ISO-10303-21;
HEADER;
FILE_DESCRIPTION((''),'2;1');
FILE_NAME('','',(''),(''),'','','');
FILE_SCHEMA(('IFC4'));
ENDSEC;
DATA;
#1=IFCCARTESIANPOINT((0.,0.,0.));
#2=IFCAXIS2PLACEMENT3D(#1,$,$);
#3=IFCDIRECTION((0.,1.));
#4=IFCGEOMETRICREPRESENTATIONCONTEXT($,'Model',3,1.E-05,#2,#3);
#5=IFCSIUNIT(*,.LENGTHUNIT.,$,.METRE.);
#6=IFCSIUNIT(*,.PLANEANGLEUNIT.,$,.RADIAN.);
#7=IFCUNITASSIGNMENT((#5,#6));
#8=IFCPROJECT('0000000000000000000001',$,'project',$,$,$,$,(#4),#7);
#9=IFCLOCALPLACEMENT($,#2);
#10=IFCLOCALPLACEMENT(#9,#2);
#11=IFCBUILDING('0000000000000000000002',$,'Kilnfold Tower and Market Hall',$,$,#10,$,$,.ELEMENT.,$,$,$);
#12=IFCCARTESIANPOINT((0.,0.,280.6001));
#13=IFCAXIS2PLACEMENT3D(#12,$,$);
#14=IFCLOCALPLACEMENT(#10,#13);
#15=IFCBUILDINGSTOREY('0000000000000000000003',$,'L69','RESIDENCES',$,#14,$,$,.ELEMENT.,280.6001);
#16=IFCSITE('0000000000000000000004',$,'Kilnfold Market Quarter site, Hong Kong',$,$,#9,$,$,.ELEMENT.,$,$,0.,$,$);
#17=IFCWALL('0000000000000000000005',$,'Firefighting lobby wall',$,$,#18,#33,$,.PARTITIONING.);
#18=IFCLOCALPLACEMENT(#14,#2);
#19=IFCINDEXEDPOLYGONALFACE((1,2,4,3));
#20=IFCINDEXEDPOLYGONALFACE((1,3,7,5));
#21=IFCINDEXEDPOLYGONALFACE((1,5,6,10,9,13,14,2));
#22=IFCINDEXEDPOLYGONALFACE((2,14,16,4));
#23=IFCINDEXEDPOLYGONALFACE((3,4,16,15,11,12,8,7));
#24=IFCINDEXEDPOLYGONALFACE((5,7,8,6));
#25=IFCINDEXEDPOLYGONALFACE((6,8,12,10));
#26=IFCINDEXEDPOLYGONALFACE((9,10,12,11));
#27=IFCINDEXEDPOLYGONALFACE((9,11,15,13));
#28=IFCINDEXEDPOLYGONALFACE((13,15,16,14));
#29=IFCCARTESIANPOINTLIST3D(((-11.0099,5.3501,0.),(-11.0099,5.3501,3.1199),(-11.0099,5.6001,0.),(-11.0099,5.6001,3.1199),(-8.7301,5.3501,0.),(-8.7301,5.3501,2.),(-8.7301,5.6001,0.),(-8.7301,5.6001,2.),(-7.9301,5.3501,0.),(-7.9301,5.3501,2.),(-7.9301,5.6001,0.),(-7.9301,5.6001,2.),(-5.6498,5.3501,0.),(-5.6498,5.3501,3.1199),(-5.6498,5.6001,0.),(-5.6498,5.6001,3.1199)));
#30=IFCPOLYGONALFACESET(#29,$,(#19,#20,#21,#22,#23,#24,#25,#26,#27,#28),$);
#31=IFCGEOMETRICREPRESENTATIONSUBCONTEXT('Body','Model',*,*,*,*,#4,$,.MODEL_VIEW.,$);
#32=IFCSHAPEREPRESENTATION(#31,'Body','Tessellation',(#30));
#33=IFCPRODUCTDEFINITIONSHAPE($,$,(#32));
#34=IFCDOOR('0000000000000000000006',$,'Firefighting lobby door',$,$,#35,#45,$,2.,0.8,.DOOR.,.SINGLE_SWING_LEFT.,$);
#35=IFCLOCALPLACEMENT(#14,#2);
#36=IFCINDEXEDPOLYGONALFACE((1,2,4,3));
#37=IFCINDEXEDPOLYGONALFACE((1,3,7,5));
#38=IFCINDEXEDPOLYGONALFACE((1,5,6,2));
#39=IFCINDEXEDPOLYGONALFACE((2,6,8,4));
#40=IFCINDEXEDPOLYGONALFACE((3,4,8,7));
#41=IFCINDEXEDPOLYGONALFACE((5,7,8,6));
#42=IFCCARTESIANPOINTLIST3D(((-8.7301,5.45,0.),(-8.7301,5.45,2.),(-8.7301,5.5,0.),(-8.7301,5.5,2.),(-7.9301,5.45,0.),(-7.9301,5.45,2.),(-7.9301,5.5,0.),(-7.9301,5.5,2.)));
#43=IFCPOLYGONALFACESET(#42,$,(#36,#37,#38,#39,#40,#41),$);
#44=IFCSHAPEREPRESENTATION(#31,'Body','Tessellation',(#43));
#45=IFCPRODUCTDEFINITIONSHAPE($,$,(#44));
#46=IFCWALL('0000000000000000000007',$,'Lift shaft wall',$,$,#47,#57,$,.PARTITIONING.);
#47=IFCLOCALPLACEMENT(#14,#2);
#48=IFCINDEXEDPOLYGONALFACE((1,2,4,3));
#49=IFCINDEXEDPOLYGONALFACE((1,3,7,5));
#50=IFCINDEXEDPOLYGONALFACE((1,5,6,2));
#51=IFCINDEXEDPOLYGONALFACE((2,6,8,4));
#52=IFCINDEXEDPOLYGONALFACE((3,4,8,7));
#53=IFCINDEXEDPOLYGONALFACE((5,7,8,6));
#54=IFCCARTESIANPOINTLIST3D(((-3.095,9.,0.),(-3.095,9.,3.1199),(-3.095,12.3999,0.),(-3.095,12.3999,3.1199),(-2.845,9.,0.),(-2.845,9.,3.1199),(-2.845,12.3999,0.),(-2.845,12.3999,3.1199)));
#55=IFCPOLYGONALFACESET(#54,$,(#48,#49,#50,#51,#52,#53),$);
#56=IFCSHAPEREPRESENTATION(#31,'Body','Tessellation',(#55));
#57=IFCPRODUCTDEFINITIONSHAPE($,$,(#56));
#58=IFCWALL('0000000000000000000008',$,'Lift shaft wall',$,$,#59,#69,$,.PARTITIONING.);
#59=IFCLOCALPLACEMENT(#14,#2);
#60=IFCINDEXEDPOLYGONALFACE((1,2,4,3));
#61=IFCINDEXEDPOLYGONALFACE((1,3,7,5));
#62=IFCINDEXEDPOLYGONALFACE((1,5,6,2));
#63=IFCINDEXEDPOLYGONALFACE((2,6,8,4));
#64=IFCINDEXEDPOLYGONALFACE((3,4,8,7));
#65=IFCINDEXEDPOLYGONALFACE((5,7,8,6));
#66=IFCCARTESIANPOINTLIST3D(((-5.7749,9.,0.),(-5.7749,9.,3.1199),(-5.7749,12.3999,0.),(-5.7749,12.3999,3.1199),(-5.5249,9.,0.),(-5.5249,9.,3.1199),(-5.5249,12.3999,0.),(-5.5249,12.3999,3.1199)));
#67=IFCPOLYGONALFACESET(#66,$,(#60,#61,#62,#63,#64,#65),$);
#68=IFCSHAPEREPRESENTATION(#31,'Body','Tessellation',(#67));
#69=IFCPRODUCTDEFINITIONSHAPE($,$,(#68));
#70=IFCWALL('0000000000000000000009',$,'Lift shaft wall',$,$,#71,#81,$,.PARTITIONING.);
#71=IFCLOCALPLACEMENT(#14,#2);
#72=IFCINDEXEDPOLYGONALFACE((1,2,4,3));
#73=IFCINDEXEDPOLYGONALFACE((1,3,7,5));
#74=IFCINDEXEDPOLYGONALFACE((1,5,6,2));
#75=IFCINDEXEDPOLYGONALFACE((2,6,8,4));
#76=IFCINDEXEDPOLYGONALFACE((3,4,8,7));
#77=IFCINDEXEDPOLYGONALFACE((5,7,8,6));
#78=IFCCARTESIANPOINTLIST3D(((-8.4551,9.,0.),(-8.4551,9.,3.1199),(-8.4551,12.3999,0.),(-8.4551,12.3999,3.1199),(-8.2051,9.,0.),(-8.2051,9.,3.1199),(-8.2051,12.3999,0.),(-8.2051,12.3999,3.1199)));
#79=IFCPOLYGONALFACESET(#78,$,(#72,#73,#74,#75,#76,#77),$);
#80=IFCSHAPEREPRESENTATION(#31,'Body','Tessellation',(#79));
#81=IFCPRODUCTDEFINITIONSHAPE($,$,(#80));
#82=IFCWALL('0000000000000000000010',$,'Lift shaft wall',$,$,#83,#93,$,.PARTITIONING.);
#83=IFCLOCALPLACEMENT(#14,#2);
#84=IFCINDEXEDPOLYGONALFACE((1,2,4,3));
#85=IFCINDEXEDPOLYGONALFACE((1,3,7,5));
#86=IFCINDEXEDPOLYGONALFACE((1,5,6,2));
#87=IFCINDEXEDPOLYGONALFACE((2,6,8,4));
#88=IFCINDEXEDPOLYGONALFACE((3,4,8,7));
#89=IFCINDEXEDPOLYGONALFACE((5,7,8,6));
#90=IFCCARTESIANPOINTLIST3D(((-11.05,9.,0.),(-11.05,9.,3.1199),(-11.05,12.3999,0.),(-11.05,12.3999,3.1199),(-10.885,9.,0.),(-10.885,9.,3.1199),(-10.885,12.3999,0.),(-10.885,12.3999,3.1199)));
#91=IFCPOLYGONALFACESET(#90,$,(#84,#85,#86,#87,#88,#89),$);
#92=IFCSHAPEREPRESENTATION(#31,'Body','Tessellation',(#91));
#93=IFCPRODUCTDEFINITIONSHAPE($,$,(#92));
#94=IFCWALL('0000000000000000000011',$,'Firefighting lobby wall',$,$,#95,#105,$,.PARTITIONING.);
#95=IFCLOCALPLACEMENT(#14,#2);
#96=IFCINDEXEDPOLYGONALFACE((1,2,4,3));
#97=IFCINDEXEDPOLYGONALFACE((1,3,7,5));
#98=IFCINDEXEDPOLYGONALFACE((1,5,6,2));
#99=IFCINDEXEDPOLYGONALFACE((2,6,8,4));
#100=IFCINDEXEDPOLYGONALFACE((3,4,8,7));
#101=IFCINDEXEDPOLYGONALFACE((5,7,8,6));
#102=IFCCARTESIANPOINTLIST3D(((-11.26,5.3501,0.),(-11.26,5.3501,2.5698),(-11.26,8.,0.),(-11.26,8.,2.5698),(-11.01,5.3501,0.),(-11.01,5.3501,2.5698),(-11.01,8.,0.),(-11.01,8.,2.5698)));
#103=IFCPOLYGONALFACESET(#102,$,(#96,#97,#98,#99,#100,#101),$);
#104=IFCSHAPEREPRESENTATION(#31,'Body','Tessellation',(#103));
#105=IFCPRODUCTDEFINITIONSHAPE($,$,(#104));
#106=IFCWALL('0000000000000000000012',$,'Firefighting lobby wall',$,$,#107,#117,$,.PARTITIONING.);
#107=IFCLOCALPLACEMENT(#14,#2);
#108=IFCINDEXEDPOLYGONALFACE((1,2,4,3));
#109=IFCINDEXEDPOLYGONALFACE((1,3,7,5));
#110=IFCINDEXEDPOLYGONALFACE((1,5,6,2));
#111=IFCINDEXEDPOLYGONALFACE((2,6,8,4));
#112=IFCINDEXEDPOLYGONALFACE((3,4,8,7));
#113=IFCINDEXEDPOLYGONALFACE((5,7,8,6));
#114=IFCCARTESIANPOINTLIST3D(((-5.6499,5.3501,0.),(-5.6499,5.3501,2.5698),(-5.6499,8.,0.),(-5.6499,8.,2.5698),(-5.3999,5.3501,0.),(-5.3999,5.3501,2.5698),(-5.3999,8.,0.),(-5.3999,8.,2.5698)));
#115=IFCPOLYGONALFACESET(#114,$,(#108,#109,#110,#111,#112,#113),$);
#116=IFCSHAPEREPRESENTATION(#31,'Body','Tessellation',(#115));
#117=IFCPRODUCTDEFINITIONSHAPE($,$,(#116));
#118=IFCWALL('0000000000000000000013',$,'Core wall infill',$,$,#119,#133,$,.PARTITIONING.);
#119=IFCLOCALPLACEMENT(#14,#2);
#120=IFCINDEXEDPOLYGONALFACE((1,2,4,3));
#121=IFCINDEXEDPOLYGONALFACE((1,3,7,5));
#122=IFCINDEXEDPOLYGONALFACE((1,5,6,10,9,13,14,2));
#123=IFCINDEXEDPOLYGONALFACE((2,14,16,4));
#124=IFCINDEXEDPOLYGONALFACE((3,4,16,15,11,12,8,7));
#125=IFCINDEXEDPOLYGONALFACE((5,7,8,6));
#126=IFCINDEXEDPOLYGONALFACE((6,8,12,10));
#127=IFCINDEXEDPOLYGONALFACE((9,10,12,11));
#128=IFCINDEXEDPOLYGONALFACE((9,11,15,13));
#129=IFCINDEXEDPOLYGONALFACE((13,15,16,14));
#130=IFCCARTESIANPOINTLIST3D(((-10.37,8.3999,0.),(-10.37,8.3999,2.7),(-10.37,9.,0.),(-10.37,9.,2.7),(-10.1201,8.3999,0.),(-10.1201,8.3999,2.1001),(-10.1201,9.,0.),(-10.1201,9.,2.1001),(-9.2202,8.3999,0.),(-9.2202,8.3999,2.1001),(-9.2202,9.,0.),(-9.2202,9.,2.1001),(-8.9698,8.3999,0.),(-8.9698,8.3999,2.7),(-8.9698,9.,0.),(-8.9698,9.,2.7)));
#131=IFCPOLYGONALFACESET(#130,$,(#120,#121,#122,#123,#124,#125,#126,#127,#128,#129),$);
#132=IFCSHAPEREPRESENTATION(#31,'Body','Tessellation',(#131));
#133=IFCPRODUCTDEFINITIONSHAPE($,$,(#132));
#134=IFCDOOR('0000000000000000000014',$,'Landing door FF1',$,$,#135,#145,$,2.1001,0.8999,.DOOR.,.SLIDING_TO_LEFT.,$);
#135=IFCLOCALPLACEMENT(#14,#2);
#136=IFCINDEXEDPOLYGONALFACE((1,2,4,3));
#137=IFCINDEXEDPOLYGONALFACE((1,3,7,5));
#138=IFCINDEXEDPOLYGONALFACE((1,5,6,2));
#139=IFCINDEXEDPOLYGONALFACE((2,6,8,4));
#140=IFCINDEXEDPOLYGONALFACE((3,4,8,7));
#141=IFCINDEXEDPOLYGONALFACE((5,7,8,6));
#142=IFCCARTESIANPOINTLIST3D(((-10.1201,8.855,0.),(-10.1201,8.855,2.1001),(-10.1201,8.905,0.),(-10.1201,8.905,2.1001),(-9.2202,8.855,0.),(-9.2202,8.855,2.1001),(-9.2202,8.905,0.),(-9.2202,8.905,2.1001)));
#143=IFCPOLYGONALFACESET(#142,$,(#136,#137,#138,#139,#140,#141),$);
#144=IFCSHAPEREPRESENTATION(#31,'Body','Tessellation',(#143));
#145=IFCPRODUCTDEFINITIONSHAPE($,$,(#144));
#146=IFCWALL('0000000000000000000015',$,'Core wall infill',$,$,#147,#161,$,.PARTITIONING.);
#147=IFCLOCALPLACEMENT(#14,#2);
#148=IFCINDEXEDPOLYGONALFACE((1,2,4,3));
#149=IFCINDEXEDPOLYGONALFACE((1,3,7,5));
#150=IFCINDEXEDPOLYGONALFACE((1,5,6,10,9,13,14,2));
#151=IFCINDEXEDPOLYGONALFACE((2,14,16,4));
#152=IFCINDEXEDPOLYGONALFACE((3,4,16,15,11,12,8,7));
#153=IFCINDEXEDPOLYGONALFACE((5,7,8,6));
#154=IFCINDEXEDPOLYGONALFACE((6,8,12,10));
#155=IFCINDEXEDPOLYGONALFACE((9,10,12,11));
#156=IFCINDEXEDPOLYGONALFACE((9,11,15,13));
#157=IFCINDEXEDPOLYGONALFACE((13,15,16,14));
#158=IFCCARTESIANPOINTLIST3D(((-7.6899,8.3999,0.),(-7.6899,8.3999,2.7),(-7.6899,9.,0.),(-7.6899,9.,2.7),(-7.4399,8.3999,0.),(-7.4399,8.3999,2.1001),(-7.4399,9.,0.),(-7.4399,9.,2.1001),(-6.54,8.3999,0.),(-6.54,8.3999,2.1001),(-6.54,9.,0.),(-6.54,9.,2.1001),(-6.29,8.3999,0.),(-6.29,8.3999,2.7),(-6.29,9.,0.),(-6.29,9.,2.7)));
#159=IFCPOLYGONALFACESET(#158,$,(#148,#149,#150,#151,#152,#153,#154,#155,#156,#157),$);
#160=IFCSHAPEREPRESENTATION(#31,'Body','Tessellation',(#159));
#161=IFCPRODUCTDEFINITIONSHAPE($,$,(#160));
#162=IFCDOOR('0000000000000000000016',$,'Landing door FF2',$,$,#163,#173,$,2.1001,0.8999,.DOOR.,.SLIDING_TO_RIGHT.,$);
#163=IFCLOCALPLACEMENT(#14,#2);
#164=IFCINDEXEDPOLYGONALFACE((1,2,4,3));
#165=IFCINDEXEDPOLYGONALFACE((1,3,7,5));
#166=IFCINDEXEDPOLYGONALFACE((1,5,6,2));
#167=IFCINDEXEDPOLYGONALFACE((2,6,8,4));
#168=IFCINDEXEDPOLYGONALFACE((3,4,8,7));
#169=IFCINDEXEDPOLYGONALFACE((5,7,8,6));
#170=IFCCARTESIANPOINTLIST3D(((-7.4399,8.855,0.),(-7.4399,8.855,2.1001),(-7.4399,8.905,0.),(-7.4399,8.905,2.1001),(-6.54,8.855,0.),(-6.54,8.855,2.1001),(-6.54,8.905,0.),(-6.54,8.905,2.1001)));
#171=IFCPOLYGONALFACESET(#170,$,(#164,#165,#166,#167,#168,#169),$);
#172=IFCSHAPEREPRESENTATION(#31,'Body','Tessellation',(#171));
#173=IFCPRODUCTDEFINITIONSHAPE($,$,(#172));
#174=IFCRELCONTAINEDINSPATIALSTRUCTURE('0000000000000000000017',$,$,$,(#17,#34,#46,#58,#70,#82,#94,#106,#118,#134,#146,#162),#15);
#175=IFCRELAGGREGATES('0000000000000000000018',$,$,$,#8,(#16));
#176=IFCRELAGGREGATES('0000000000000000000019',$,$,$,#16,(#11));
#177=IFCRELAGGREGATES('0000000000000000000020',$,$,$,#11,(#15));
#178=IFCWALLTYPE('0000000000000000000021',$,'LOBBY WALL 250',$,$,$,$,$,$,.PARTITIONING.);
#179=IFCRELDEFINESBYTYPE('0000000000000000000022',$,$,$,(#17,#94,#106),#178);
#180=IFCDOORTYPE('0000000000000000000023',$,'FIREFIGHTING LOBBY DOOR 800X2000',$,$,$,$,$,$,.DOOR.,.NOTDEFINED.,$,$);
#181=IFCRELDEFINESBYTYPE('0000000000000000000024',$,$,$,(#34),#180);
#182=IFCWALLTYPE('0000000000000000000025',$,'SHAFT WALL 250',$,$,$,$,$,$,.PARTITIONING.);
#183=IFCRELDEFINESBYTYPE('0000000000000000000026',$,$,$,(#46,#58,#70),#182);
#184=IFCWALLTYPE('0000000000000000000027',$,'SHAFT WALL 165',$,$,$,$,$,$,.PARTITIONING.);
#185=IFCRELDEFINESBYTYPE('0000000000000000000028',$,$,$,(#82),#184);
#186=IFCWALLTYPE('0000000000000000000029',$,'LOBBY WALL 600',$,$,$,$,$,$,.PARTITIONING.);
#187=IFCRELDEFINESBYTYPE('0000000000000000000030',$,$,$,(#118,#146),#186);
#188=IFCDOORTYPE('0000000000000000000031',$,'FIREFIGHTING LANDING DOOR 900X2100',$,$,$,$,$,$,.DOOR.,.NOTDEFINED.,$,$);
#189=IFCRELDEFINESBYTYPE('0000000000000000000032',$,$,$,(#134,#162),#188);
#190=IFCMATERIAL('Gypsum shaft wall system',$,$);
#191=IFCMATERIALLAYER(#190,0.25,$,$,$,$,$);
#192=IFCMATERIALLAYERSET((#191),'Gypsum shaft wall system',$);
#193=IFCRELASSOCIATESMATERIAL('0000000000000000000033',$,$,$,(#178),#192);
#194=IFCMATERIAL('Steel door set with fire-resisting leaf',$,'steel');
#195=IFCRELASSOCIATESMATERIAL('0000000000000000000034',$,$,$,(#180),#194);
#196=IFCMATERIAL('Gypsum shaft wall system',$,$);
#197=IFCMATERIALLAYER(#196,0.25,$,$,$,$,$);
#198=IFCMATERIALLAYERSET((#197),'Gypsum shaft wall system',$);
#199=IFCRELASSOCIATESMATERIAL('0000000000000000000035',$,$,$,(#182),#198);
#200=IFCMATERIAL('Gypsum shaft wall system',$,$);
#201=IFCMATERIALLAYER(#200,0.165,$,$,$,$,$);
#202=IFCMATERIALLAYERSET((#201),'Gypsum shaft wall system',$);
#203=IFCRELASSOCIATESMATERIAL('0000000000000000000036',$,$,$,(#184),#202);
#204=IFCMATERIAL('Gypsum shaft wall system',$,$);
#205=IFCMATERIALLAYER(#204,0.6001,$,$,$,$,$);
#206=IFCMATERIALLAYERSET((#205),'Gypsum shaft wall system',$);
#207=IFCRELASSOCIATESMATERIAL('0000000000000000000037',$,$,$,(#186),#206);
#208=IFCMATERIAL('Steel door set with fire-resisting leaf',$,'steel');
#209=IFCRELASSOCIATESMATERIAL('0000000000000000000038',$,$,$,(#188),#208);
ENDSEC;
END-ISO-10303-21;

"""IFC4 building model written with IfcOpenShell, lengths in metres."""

from ifc_helpers import new_model, si_unit, direction, frame, frame_2d, origin, place, context, subcontext, project, spatial, rectangle, extrude, source, transform, mapped, material, layer, layer_set, type_object, element, fill, save


model = new_model("IFC4")

# Units and contexts
model_context = context("Model", 3, precision=1e-05, world=origin(), true_north=direction((0.0, 1.0)))
body_context = subcontext(model_context, "Body", "Model", "MODEL_VIEW")
ifc_project = project(units=[si_unit("LENGTHUNIT", "METRE"), si_unit("PLANEANGLEUNIT", "RADIAN")], contexts=[model_context])

# Site, building, storey
site_placement = place(None, origin())
site = spatial("IfcSite", under=ifc_project, at=site_placement, Name="Kilnfold Market Quarter site, Hong Kong", CompositionType="ELEMENT", RefElevation=0.0)
building_placement = place(site_placement, origin())
building = spatial("IfcBuilding", under=site, at=building_placement, Name="Kilnfold Tower and Market Hall", CompositionType="ELEMENT")
storey_placement = place(building_placement, frame((0.0, 0.0, 280.6001)))
storey = spatial("IfcBuildingStorey", under=building, at=storey_placement, Name="L69", Description="RESIDENCES", CompositionType="ELEMENT", Elevation=280.6001)

# Wall, opening, door
ifc_material_1 = material(Name="Gypsum shaft wall system")
ifc_layer_1 = layer(ifc_material_1, 0.25)
ifc_layer_set_1 = layer_set([ifc_layer_1], Name="Gypsum shaft wall system")
wall_type_1 = type_object("IfcWallType", Name="LOBBY WALL 250", PredefinedType="PARTITIONING", material=ifc_layer_set_1)
shared_shape_1 = source(origin(), body_context, "Body", "SweptSolid", [
    extrude(rectangle(XDim=5.3601, YDim=0.25, at=frame_2d((2.6802, 0.0))), origin(), (0.0, 0.0, 1.0), 3.1199),
])
wall_1_placement = place(storey_placement, frame((-11.01, 5.4751, 0.0), z_axis=(0.0, 0.0, 1.0), x_axis=(1.0, 0.0, 0.0)))
wall_1 = element("IfcWall", 1, at=wall_1_placement, inside=storey, type_object=wall_type_1, Name="Firefighting lobby wall", PredefinedType="PARTITIONING", context=body_context, shape_type="MappedRepresentation", body=[
    mapped(shared_shape_1, transform((0.0, 0.0, 0.0))),
])
opening_1_placement = place(wall_1_placement, frame((2.28, 0.0, 0.0)))
opening_1 = element("IfcOpeningElement", 2, at=opening_1_placement, cuts=wall_1, PredefinedType="OPENING", context=body_context, shape_type="SweptSolid", body=[
    extrude(rectangle(XDim=0.8, YDim=2.0, at=frame_2d((0.3999, 1.0))), frame((0.0, 0.135, 0.0), z_axis=(0.0, -1.0, 0.0), x_axis=(1.0, 0.0, 0.0)), (0.0, 0.0, 1.0), 0.27),
])
ifc_material_2 = material(Name="Steel door set with fire-resisting leaf", Category="steel")
door_type_1 = type_object("IfcDoorType", Name="FIREFIGHTING LOBBY DOOR 800X2000", OperationType="NOTDEFINED", PredefinedType="DOOR", material=ifc_material_2)
door_1_placement = place(opening_1_placement, origin())
door_1 = element("IfcDoor", 3, at=door_1_placement, inside=storey, type_object=door_type_1, Name="Firefighting lobby door", OperationType="SINGLE_SWING_LEFT", OverallHeight=2.0, OverallWidth=0.8, PredefinedType="DOOR", context=body_context, shape_type="SweptSolid", body=[
    extrude(rectangle(XDim=0.8, YDim=2.0, at=frame_2d((0.3999, 1.0))), frame((0.0, 0.0249, 0.0), z_axis=(0.0, -1.0, 0.0), x_axis=(1.0, 0.0, 0.0)), (0.0, 0.0, 1.0), 0.05),
])
fill(opening_1, door_1)

# Walls
ifc_material_3 = material(Name="Gypsum shaft wall system")
ifc_layer_2 = layer(ifc_material_3, 0.25)
ifc_layer_set_2 = layer_set([ifc_layer_2], Name="Gypsum shaft wall system")
wall_type_2 = type_object("IfcWallType", Name="SHAFT WALL 250", PredefinedType="PARTITIONING", material=ifc_layer_set_2)
shared_shape_2 = source(origin(), body_context, "Body", "SweptSolid", [
    extrude(rectangle(XDim=3.3999, YDim=0.25, at=frame_2d((1.7, 0.0))), origin(), (0.0, 0.0, 1.0), 3.1199),
])
for number, where, z_axis, x_axis, name in (
    (4, (-2.97, 9.0, 0.0), (0.0, 0.0, 1.0), (0.0, 1.0, 0.0), "Lift shaft wall"),
    (5, (-5.6499, 9.0, 0.0), (0.0, 0.0, 1.0), (0.0, 1.0, 0.0), "Lift shaft wall"),
    (6, (-8.3301, 9.0, 0.0), (0.0, 0.0, 1.0), (0.0, 1.0, 0.0), "Lift shaft wall"),
):
    element("IfcWall", number, at=place(storey_placement, frame(where, z_axis=z_axis, x_axis=x_axis)), inside=storey, type_object=wall_type_2, Name=name, PredefinedType="PARTITIONING", context=body_context, shape_type="MappedRepresentation", body=[
        mapped(shared_shape_2, transform((0.0, 0.0, 0.0))),
    ])
ifc_material_4 = material(Name="Gypsum shaft wall system")
ifc_layer_3 = layer(ifc_material_4, 0.165)
ifc_layer_set_3 = layer_set([ifc_layer_3], Name="Gypsum shaft wall system")
wall_type_3 = type_object("IfcWallType", Name="SHAFT WALL 165", PredefinedType="PARTITIONING", material=ifc_layer_set_3)
shared_shape_3 = source(origin(), body_context, "Body", "SweptSolid", [
    extrude(rectangle(XDim=3.3999, YDim=0.165, at=frame_2d((1.7, 0.0))), origin(), (0.0, 0.0, 1.0), 3.1199),
])
wall_2_placement = place(storey_placement, frame((-10.9675, 9.0, 0.0), z_axis=(0.0, 0.0, 1.0), x_axis=(0.0, 1.0, 0.0)))
element("IfcWall", 7, at=wall_2_placement, inside=storey, type_object=wall_type_3, Name="Lift shaft wall", PredefinedType="PARTITIONING", context=body_context, shape_type="MappedRepresentation", body=[
    mapped(shared_shape_3, transform((0.0, 0.0, 0.0))),
])
shared_shape_4 = source(origin(), body_context, "Body", "SweptSolid", [
    extrude(rectangle(XDim=2.6499, YDim=0.25, at=frame_2d((1.325, 0.0))), origin(), (0.0, 0.0, 1.0), 2.5698),
])
for number, where, z_axis, x_axis, name in (
    (8, (-11.135, 5.3501, 0.0), (0.0, 0.0, 1.0), (0.0, 1.0, 0.0), "Firefighting lobby wall"),
    (9, (-5.5249, 5.3501, 0.0), (0.0, 0.0, 1.0), (0.0, 1.0, 0.0), "Firefighting lobby wall"),
):
    element("IfcWall", number, at=place(storey_placement, frame(where, z_axis=z_axis, x_axis=x_axis)), inside=storey, type_object=wall_type_1, Name=name, PredefinedType="PARTITIONING", context=body_context, shape_type="MappedRepresentation", body=[
        mapped(shared_shape_4, transform((0.0, 0.0, 0.0))),
    ])

# Walls, openings, doors
ifc_material_5 = material(Name="Gypsum shaft wall system")
ifc_layer_4 = layer(ifc_material_5, 0.6001)
ifc_layer_set_4 = layer_set([ifc_layer_4], Name="Gypsum shaft wall system")
wall_type_4 = type_object("IfcWallType", Name="LOBBY WALL 600", PredefinedType="PARTITIONING", material=ifc_layer_set_4)
shared_shape_5 = source(origin(), body_context, "Body", "SweptSolid", [
    extrude(rectangle(XDim=1.4001, YDim=0.6001, at=frame_2d((0.7002, 0.0))), origin(), (0.0, 0.0, 1.0), 2.7),
])
wall_3_placement = place(storey_placement, frame((-10.3701, 8.7, 0.0), z_axis=(0.0, 0.0, 1.0), x_axis=(1.0, 0.0, 0.0)))
wall_3 = element("IfcWall", 10, at=wall_3_placement, inside=storey, type_object=wall_type_4, Name="Core wall infill", PredefinedType="PARTITIONING", context=body_context, shape_type="MappedRepresentation", body=[
    mapped(shared_shape_5, transform((0.0, 0.0, 0.0))),
])
opening_2_placement = place(wall_3_placement, frame((0.25, 0.0, 0.0)))
opening_2 = element("IfcOpeningElement", 11, at=opening_2_placement, cuts=wall_3, PredefinedType="OPENING", context=body_context, shape_type="SweptSolid", body=[
    extrude(rectangle(XDim=0.8999, YDim=2.1001, at=frame_2d((0.45, 1.05))), frame((0.0, 0.3101, 0.0), z_axis=(0.0, -1.0, 0.0), x_axis=(1.0, 0.0, 0.0)), (0.0, 0.0, 1.0), 0.6201),
])
ifc_material_6 = material(Name="Steel door set with fire-resisting leaf", Category="steel")
door_type_2 = type_object("IfcDoorType", Name="FIREFIGHTING LANDING DOOR 900X2100", OperationType="NOTDEFINED", PredefinedType="DOOR", material=ifc_material_6)
door_2_placement = place(opening_2_placement, origin())
door_2 = element("IfcDoor", 12, at=door_2_placement, inside=storey, type_object=door_type_2, Name="Landing door FF1", OperationType="SLIDING_TO_LEFT", OverallHeight=2.1001, OverallWidth=0.8999, PredefinedType="DOOR", context=body_context, shape_type="SweptSolid", body=[
    extrude(rectangle(XDim=0.8999, YDim=2.1001, at=frame_2d((0.45, 1.05))), frame((0.0, 0.2051, 0.0), z_axis=(0.0, -1.0, 0.0), x_axis=(1.0, 0.0, 0.0)), (0.0, 0.0, 1.0), 0.05),
])
fill(opening_2, door_2)
shared_shape_6 = source(origin(), body_context, "Body", "SweptSolid", [
    extrude(rectangle(XDim=1.3999, YDim=0.6001, at=frame_2d((0.7, 0.0))), origin(), (0.0, 0.0, 1.0), 2.7),
])
wall_4_placement = place(storey_placement, frame((-7.6899, 8.7, 0.0), z_axis=(0.0, 0.0, 1.0), x_axis=(1.0, 0.0, 0.0)))
wall_4 = element("IfcWall", 13, at=wall_4_placement, inside=storey, type_object=wall_type_4, Name="Core wall infill", PredefinedType="PARTITIONING", context=body_context, shape_type="MappedRepresentation", body=[
    mapped(shared_shape_6, transform((0.0, 0.0, 0.0))),
])
opening_3_placement = place(wall_4_placement, frame((0.25, 0.0, 0.0)))
opening_3 = element("IfcOpeningElement", 14, at=opening_3_placement, cuts=wall_4, PredefinedType="OPENING", context=body_context, shape_type="SweptSolid", body=[
    extrude(rectangle(XDim=0.8999, YDim=2.1001, at=frame_2d((0.45, 1.05))), frame((0.0, 0.3101, 0.0), z_axis=(0.0, -1.0, 0.0), x_axis=(1.0, 0.0, 0.0)), (0.0, 0.0, 1.0), 0.6201),
])
door_3_placement = place(opening_3_placement, origin())
door_3 = element("IfcDoor", 15, at=door_3_placement, inside=storey, type_object=door_type_2, Name="Landing door FF2", OperationType="SLIDING_TO_RIGHT", OverallHeight=2.1001, OverallWidth=0.8999, PredefinedType="DOOR", context=body_context, shape_type="SweptSolid", body=[
    extrude(rectangle(XDim=0.8999, YDim=2.1001, at=frame_2d((0.45, 1.05))), frame((0.0, 0.2051, 0.0), z_axis=(0.0, -1.0, 0.0), x_axis=(1.0, 0.0, 0.0)), (0.0, 0.0, 1.0), 0.05),
])
fill(opening_3, door_3)

save(model, "model.ifc")
